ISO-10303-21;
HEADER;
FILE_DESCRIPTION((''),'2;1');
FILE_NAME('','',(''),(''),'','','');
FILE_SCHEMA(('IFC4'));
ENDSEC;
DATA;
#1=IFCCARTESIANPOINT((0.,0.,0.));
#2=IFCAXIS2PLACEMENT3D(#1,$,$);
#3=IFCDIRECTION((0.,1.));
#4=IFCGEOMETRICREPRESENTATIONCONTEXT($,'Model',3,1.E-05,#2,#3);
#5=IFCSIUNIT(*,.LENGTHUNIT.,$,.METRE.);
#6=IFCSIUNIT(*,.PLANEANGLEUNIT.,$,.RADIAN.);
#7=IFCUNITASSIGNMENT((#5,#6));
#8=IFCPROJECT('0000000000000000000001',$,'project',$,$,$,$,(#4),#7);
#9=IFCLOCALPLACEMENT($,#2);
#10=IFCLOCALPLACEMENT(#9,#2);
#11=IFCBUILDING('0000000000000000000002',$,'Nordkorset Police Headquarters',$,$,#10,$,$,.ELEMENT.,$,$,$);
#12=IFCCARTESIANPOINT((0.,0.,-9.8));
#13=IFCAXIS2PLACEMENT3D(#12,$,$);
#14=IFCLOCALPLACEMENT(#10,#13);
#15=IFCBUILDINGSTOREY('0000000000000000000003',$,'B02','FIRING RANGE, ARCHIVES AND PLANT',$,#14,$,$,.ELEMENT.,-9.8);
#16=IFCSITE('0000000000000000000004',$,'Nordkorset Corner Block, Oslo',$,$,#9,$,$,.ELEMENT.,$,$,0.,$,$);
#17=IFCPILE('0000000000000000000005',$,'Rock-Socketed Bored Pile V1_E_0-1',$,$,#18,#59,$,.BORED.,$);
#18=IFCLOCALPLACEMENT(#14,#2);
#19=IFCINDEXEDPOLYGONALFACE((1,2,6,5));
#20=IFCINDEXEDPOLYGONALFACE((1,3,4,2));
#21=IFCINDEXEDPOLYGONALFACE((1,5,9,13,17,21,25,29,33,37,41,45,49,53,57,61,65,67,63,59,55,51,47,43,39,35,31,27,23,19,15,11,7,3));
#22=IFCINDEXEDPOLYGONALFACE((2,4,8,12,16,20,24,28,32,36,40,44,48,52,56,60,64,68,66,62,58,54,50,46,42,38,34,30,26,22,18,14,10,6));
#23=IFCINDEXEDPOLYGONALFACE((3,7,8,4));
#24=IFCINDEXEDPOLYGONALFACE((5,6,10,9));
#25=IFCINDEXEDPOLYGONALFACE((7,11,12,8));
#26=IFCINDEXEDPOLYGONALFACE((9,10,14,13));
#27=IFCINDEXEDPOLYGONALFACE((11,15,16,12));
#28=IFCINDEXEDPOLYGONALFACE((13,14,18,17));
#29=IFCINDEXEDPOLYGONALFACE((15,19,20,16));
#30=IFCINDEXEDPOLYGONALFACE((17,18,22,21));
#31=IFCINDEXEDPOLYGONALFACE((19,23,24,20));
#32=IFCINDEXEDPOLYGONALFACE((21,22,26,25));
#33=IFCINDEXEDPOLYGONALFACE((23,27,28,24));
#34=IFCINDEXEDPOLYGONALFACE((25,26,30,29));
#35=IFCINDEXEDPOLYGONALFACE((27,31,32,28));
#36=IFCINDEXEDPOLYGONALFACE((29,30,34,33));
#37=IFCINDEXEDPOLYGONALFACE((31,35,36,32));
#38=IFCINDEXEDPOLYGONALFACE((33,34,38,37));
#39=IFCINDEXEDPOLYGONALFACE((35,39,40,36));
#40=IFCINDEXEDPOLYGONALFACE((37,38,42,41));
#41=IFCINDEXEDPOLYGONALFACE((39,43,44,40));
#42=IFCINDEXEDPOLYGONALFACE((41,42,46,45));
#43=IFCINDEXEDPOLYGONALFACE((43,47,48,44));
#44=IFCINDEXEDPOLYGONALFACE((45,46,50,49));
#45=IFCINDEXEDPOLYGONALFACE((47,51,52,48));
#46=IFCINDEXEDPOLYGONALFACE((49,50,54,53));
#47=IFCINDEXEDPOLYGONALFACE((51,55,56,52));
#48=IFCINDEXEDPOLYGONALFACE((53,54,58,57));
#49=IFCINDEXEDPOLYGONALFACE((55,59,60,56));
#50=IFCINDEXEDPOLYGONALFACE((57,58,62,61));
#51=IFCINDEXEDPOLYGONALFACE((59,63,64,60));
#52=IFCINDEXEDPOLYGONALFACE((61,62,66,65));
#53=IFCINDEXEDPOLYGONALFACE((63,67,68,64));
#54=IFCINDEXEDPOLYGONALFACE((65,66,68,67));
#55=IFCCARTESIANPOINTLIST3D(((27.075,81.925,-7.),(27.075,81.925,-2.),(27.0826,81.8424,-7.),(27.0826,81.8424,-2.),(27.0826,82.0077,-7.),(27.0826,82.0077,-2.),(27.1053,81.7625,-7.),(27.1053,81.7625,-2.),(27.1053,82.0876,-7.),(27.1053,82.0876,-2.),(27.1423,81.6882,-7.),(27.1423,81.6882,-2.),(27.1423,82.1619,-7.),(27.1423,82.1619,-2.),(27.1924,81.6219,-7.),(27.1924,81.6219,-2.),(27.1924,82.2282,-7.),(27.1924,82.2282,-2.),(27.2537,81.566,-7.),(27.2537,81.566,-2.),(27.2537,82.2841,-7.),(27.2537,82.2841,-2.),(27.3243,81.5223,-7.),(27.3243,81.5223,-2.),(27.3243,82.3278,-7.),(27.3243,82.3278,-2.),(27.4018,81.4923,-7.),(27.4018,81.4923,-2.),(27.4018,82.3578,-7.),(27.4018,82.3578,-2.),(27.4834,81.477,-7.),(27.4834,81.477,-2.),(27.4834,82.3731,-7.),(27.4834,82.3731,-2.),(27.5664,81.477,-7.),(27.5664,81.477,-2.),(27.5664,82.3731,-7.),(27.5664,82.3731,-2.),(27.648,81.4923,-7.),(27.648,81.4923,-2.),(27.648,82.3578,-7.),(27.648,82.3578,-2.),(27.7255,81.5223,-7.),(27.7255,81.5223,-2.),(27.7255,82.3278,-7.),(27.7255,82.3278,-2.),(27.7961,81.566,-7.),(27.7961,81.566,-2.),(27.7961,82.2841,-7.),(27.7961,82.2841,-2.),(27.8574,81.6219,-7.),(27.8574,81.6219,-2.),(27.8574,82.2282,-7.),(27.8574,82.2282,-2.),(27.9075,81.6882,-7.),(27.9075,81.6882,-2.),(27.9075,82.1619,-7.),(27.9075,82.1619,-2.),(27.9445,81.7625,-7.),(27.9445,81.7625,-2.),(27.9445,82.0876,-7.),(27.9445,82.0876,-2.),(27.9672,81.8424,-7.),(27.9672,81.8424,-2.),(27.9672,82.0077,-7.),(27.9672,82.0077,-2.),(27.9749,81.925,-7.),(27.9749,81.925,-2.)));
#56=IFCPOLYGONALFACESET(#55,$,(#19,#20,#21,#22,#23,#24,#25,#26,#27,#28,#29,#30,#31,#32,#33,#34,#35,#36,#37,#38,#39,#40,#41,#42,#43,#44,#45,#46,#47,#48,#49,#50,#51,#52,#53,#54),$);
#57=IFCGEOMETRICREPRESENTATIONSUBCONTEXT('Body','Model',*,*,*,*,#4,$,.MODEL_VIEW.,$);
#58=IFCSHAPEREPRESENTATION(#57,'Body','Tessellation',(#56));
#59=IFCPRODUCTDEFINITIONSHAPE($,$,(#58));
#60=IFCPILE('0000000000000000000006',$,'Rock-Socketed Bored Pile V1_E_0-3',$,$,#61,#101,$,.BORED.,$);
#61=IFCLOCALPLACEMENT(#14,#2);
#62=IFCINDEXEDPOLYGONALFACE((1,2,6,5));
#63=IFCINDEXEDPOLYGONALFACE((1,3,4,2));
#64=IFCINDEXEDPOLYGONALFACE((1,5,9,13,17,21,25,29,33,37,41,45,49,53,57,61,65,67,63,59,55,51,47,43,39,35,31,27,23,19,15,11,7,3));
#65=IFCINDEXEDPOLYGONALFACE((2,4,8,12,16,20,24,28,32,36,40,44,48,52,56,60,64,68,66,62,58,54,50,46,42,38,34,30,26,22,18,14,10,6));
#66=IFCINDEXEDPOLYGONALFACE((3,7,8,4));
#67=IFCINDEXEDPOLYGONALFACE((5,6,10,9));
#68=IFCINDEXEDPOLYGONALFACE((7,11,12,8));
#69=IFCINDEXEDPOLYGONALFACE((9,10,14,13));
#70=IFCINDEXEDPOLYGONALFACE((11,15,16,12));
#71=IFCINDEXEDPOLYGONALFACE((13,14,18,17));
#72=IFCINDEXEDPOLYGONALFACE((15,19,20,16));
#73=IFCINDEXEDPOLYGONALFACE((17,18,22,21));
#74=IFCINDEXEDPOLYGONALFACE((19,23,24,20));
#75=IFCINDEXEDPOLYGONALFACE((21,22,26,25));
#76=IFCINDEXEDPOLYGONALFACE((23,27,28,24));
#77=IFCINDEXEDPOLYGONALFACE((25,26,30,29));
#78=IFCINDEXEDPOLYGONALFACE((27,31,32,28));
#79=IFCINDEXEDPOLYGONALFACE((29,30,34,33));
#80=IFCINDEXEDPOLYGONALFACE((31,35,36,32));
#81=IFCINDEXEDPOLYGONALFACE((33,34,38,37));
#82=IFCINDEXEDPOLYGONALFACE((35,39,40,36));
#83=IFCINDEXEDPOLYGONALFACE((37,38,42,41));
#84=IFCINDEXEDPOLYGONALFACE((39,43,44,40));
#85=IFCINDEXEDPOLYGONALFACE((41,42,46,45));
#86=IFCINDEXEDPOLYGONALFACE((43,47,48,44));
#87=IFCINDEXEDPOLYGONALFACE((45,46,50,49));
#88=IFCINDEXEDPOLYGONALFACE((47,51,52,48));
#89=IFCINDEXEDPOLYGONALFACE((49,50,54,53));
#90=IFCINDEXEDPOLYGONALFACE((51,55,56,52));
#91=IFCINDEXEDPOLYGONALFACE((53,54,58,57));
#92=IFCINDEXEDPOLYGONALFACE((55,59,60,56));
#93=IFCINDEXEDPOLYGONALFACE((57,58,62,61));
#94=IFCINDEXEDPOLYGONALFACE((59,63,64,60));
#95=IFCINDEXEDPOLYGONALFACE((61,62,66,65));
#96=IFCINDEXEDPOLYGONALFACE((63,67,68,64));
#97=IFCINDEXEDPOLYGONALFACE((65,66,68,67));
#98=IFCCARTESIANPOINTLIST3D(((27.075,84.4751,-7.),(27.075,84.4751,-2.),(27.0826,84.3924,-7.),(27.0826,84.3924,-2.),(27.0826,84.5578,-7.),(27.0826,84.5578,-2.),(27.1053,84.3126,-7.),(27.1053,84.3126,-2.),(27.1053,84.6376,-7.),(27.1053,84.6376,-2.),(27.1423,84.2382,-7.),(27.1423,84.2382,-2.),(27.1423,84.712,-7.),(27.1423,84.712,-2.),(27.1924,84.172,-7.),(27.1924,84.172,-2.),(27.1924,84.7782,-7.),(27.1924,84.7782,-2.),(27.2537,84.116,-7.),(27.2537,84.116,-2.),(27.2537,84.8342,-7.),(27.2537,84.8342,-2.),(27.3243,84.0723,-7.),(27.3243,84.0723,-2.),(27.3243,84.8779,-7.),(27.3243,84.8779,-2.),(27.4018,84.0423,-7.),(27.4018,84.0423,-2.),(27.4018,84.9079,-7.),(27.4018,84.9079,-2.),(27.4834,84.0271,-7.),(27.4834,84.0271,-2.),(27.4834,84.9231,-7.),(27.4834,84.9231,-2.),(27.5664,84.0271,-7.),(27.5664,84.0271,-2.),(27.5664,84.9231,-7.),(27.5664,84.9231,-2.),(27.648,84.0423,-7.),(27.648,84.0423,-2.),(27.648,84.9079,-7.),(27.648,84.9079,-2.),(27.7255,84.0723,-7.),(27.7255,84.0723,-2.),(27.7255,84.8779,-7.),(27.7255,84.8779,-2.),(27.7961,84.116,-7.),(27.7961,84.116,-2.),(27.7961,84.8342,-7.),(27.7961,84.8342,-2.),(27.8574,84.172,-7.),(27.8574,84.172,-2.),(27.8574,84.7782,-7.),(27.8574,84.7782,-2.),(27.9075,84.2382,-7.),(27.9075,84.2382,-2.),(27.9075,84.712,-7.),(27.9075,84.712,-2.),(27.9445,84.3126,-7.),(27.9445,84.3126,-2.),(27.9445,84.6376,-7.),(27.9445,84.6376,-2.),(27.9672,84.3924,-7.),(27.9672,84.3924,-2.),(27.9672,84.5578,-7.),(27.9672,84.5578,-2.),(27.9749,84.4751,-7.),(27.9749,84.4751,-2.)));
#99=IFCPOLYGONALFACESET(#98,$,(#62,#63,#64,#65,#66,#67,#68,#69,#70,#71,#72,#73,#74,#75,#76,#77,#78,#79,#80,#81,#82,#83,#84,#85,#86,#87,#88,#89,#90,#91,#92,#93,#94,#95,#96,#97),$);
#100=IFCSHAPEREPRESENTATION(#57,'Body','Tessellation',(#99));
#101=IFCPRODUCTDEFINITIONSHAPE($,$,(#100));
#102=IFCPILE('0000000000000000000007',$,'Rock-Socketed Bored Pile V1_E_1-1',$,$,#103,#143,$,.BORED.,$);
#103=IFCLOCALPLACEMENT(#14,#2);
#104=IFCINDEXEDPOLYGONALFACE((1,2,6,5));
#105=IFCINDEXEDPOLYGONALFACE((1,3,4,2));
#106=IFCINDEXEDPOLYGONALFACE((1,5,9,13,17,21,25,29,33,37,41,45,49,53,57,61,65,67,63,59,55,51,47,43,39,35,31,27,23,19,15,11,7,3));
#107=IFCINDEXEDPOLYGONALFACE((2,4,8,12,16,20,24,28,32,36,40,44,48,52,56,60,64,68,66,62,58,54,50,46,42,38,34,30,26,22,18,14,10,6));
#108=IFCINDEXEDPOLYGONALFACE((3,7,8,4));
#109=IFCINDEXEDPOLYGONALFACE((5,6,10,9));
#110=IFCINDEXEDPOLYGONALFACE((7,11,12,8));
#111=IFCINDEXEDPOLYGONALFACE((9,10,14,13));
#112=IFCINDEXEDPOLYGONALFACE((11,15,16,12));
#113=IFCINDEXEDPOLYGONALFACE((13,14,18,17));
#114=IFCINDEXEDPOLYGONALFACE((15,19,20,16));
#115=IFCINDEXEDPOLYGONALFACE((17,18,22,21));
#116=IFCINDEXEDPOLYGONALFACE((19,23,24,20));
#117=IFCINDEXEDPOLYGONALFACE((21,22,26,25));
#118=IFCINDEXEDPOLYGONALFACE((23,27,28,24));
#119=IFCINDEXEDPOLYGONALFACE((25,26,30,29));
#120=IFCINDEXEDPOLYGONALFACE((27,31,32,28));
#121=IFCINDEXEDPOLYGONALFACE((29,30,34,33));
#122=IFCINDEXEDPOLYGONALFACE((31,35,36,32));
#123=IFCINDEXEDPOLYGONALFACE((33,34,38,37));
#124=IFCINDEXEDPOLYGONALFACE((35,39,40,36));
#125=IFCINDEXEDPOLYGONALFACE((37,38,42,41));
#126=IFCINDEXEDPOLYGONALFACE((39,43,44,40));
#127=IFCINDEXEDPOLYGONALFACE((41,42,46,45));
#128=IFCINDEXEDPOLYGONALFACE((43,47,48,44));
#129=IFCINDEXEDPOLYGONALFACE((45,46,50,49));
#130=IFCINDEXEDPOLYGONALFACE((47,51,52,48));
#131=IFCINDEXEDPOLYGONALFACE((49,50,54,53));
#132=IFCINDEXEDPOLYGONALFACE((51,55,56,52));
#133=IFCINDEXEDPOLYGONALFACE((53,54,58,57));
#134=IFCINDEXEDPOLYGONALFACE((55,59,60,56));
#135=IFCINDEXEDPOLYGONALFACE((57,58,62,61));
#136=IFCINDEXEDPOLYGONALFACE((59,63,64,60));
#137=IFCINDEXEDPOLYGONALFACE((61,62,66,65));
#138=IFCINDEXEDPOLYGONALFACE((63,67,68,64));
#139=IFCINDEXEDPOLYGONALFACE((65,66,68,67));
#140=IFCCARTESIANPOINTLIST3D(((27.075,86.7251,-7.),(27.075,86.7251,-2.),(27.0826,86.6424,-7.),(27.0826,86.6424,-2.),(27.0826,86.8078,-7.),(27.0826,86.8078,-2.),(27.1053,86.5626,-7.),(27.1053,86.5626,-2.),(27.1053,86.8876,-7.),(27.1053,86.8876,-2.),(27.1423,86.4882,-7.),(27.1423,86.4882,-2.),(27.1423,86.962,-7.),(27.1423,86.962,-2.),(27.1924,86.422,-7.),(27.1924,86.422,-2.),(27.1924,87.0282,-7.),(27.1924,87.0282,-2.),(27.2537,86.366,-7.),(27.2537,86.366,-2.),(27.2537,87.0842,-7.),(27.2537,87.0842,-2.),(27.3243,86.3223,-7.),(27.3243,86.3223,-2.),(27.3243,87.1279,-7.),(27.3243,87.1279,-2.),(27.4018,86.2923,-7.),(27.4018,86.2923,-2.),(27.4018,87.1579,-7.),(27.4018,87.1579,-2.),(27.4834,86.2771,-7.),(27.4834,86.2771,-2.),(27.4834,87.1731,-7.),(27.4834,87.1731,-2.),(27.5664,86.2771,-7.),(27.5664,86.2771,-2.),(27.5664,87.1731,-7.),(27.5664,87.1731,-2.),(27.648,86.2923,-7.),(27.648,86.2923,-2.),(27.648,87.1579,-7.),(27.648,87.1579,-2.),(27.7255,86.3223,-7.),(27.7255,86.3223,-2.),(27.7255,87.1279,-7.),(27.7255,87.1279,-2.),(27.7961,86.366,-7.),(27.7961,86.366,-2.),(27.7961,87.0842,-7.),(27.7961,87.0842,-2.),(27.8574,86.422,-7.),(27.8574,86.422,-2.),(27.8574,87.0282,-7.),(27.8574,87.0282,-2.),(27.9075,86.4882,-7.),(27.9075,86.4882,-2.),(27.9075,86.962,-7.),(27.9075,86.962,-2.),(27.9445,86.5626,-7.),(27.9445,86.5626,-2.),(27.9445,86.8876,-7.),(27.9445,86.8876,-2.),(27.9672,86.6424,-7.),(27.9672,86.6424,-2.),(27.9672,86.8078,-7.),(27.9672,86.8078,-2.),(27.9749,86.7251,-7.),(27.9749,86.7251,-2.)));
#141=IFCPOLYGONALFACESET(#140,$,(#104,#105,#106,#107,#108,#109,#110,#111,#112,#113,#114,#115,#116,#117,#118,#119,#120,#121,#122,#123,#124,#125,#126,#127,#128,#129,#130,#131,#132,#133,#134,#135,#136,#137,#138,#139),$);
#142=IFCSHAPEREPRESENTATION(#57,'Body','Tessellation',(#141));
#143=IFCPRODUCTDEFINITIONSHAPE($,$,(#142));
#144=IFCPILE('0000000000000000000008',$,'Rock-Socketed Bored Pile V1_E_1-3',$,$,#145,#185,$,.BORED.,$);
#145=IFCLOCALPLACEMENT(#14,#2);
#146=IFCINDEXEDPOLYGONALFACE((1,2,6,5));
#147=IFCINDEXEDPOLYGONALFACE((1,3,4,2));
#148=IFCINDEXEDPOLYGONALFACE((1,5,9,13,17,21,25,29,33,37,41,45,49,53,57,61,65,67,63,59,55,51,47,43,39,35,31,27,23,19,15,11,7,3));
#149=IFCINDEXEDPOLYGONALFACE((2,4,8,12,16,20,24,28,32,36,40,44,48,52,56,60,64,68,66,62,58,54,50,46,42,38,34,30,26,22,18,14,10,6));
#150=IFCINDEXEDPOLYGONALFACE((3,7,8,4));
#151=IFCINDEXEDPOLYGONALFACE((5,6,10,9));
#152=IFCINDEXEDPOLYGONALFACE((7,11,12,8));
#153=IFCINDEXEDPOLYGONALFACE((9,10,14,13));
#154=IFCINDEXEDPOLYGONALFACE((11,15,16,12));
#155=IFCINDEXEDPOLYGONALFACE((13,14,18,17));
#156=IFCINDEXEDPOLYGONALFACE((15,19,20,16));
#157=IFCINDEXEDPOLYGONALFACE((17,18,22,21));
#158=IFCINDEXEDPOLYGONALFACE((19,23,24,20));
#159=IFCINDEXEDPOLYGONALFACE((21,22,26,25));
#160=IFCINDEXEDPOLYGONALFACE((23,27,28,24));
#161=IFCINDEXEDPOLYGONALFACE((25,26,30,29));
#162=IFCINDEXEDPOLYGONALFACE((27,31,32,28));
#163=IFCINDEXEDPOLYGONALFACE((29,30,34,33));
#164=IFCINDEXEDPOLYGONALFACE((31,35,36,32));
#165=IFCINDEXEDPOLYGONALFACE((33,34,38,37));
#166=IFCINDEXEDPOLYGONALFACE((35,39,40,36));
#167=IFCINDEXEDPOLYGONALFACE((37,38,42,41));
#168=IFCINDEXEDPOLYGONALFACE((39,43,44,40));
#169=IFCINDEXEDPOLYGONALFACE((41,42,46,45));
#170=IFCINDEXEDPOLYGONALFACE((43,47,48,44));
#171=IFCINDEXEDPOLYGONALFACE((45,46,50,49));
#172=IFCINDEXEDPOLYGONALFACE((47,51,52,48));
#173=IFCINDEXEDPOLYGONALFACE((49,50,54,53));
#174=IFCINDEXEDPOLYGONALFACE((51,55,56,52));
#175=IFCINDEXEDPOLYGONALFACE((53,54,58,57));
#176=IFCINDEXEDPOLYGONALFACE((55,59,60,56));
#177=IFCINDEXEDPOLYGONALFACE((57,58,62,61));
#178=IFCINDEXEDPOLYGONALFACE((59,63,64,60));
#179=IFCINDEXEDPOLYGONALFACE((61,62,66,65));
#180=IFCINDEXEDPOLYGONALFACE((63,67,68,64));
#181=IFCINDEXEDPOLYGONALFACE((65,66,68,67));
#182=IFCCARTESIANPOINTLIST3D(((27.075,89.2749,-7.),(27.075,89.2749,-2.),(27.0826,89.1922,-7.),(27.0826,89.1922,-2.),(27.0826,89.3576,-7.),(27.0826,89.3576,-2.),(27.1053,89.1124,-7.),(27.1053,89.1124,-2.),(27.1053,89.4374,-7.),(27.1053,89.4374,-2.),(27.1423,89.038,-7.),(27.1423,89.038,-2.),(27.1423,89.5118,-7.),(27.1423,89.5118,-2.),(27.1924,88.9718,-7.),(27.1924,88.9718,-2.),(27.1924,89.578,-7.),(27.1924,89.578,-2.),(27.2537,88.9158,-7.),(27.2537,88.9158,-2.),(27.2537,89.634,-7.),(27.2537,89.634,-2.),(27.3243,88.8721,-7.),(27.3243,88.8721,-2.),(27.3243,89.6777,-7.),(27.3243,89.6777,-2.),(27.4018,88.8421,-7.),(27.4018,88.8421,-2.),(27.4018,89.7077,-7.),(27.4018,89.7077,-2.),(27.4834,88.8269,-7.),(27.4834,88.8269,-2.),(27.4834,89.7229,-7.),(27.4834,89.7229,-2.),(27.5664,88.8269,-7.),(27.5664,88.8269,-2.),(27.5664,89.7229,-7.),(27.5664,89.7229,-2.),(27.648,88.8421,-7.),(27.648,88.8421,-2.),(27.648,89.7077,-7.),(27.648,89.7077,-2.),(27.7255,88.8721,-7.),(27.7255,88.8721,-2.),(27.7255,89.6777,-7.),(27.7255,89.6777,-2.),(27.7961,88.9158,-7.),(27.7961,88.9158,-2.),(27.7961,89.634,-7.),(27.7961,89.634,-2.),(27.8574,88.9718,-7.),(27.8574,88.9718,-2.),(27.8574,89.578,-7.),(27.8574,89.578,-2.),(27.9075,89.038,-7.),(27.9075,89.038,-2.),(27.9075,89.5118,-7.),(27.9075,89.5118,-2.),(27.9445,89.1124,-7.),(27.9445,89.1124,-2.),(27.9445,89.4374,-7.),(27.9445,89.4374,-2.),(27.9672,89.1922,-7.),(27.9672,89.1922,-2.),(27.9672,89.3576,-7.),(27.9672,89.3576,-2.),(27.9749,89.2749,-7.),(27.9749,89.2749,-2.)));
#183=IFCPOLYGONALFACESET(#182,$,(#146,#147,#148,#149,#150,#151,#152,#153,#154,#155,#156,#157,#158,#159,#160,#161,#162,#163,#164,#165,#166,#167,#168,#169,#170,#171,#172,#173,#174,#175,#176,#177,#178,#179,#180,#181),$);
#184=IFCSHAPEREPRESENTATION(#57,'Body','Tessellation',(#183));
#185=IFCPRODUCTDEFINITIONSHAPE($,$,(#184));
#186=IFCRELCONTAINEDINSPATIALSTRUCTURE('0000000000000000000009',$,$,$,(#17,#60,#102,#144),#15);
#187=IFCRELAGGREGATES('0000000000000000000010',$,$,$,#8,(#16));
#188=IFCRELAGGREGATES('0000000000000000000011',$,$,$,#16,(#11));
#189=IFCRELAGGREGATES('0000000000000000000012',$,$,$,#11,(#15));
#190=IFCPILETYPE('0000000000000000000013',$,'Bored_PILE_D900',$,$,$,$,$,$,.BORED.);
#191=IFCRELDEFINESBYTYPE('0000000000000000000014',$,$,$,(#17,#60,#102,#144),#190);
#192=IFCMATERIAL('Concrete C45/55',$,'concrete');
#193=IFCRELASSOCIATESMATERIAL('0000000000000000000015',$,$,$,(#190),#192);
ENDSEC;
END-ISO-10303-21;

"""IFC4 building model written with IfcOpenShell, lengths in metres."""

from ifc_helpers import new_model, si_unit, direction, frame, origin, origin_2d, place, context, subcontext, project, spatial, circle, extrude, material, material_profile, profile_set, type_object, element, save


model = new_model("IFC4")

# Units and contexts
model_context = context("Model", 3, precision=1e-05, world=origin(), true_north=direction((0.0, 1.0)))
body_context = subcontext(model_context, "Body", "Model", "MODEL_VIEW")
ifc_project = project(units=[si_unit("LENGTHUNIT", "METRE"), si_unit("PLANEANGLEUNIT", "RADIAN")], contexts=[model_context])

# Site, building, storey
site_placement = place(None, origin())
site = spatial("IfcSite", under=ifc_project, at=site_placement, Name="Nordkorset Corner Block, Oslo", CompositionType="ELEMENT", RefElevation=0.0)
building_placement = place(site_placement, origin())
building = spatial("IfcBuilding", under=site, at=building_placement, Name="Nordkorset Police Headquarters", CompositionType="ELEMENT")
storey_placement = place(building_placement, frame((0.0, 0.0, -9.8)))
storey = spatial("IfcBuildingStorey", under=building, at=storey_placement, Name="B02", Description="FIRING RANGE, ARCHIVES AND PLANT", CompositionType="ELEMENT", Elevation=-9.8)

# Piles
ifc_material_1 = material(Name="Concrete C45/55", Category="concrete")
ifc_material_profile_1 = material_profile(ifc_material_1, circle(Radius=0.45, at=origin_2d()), Name="PILE D900")
ifc_profile_set_1 = profile_set([ifc_material_profile_1], Name="Concrete C45/55")
pile_type = type_object("IfcPileType", Name="Bored_PILE_D900", PredefinedType="BORED", material=ifc_profile_set_1)
for number, where, z_axis, x_axis, name in (
    (1, (27.5249, 81.925, -2.0), (0.0, 0.0, -1.0), (1.0, 0.0, 0.0), "Rock-Socketed Bored Pile V1_E_0-1"),
    (2, (27.5249, 84.4751, -2.0), (0.0, 0.0, -1.0), (1.0, 0.0, 0.0), "Rock-Socketed Bored Pile V1_E_0-3"),
    (3, (27.5249, 86.7251, -2.0), (0.0, 0.0, -1.0), (1.0, 0.0, 0.0), "Rock-Socketed Bored Pile V1_E_1-1"),
    (4, (27.5249, 89.2749, -2.0), (0.0, 0.0, -1.0), (1.0, 0.0, 0.0), "Rock-Socketed Bored Pile V1_E_1-3"),
):
    element("IfcPile", number, at=place(storey_placement, frame(where, z_axis=z_axis, x_axis=x_axis)), inside=storey, type_object=pile_type, Name=name, PredefinedType="BORED", context=body_context, shape_type="SweptSolid", body=[
        extrude(circle(Radius=0.45, at=origin_2d()), origin(), (0.0, 0.0, 1.0), 5.0),
    ])

save(model, "model.ifc")
